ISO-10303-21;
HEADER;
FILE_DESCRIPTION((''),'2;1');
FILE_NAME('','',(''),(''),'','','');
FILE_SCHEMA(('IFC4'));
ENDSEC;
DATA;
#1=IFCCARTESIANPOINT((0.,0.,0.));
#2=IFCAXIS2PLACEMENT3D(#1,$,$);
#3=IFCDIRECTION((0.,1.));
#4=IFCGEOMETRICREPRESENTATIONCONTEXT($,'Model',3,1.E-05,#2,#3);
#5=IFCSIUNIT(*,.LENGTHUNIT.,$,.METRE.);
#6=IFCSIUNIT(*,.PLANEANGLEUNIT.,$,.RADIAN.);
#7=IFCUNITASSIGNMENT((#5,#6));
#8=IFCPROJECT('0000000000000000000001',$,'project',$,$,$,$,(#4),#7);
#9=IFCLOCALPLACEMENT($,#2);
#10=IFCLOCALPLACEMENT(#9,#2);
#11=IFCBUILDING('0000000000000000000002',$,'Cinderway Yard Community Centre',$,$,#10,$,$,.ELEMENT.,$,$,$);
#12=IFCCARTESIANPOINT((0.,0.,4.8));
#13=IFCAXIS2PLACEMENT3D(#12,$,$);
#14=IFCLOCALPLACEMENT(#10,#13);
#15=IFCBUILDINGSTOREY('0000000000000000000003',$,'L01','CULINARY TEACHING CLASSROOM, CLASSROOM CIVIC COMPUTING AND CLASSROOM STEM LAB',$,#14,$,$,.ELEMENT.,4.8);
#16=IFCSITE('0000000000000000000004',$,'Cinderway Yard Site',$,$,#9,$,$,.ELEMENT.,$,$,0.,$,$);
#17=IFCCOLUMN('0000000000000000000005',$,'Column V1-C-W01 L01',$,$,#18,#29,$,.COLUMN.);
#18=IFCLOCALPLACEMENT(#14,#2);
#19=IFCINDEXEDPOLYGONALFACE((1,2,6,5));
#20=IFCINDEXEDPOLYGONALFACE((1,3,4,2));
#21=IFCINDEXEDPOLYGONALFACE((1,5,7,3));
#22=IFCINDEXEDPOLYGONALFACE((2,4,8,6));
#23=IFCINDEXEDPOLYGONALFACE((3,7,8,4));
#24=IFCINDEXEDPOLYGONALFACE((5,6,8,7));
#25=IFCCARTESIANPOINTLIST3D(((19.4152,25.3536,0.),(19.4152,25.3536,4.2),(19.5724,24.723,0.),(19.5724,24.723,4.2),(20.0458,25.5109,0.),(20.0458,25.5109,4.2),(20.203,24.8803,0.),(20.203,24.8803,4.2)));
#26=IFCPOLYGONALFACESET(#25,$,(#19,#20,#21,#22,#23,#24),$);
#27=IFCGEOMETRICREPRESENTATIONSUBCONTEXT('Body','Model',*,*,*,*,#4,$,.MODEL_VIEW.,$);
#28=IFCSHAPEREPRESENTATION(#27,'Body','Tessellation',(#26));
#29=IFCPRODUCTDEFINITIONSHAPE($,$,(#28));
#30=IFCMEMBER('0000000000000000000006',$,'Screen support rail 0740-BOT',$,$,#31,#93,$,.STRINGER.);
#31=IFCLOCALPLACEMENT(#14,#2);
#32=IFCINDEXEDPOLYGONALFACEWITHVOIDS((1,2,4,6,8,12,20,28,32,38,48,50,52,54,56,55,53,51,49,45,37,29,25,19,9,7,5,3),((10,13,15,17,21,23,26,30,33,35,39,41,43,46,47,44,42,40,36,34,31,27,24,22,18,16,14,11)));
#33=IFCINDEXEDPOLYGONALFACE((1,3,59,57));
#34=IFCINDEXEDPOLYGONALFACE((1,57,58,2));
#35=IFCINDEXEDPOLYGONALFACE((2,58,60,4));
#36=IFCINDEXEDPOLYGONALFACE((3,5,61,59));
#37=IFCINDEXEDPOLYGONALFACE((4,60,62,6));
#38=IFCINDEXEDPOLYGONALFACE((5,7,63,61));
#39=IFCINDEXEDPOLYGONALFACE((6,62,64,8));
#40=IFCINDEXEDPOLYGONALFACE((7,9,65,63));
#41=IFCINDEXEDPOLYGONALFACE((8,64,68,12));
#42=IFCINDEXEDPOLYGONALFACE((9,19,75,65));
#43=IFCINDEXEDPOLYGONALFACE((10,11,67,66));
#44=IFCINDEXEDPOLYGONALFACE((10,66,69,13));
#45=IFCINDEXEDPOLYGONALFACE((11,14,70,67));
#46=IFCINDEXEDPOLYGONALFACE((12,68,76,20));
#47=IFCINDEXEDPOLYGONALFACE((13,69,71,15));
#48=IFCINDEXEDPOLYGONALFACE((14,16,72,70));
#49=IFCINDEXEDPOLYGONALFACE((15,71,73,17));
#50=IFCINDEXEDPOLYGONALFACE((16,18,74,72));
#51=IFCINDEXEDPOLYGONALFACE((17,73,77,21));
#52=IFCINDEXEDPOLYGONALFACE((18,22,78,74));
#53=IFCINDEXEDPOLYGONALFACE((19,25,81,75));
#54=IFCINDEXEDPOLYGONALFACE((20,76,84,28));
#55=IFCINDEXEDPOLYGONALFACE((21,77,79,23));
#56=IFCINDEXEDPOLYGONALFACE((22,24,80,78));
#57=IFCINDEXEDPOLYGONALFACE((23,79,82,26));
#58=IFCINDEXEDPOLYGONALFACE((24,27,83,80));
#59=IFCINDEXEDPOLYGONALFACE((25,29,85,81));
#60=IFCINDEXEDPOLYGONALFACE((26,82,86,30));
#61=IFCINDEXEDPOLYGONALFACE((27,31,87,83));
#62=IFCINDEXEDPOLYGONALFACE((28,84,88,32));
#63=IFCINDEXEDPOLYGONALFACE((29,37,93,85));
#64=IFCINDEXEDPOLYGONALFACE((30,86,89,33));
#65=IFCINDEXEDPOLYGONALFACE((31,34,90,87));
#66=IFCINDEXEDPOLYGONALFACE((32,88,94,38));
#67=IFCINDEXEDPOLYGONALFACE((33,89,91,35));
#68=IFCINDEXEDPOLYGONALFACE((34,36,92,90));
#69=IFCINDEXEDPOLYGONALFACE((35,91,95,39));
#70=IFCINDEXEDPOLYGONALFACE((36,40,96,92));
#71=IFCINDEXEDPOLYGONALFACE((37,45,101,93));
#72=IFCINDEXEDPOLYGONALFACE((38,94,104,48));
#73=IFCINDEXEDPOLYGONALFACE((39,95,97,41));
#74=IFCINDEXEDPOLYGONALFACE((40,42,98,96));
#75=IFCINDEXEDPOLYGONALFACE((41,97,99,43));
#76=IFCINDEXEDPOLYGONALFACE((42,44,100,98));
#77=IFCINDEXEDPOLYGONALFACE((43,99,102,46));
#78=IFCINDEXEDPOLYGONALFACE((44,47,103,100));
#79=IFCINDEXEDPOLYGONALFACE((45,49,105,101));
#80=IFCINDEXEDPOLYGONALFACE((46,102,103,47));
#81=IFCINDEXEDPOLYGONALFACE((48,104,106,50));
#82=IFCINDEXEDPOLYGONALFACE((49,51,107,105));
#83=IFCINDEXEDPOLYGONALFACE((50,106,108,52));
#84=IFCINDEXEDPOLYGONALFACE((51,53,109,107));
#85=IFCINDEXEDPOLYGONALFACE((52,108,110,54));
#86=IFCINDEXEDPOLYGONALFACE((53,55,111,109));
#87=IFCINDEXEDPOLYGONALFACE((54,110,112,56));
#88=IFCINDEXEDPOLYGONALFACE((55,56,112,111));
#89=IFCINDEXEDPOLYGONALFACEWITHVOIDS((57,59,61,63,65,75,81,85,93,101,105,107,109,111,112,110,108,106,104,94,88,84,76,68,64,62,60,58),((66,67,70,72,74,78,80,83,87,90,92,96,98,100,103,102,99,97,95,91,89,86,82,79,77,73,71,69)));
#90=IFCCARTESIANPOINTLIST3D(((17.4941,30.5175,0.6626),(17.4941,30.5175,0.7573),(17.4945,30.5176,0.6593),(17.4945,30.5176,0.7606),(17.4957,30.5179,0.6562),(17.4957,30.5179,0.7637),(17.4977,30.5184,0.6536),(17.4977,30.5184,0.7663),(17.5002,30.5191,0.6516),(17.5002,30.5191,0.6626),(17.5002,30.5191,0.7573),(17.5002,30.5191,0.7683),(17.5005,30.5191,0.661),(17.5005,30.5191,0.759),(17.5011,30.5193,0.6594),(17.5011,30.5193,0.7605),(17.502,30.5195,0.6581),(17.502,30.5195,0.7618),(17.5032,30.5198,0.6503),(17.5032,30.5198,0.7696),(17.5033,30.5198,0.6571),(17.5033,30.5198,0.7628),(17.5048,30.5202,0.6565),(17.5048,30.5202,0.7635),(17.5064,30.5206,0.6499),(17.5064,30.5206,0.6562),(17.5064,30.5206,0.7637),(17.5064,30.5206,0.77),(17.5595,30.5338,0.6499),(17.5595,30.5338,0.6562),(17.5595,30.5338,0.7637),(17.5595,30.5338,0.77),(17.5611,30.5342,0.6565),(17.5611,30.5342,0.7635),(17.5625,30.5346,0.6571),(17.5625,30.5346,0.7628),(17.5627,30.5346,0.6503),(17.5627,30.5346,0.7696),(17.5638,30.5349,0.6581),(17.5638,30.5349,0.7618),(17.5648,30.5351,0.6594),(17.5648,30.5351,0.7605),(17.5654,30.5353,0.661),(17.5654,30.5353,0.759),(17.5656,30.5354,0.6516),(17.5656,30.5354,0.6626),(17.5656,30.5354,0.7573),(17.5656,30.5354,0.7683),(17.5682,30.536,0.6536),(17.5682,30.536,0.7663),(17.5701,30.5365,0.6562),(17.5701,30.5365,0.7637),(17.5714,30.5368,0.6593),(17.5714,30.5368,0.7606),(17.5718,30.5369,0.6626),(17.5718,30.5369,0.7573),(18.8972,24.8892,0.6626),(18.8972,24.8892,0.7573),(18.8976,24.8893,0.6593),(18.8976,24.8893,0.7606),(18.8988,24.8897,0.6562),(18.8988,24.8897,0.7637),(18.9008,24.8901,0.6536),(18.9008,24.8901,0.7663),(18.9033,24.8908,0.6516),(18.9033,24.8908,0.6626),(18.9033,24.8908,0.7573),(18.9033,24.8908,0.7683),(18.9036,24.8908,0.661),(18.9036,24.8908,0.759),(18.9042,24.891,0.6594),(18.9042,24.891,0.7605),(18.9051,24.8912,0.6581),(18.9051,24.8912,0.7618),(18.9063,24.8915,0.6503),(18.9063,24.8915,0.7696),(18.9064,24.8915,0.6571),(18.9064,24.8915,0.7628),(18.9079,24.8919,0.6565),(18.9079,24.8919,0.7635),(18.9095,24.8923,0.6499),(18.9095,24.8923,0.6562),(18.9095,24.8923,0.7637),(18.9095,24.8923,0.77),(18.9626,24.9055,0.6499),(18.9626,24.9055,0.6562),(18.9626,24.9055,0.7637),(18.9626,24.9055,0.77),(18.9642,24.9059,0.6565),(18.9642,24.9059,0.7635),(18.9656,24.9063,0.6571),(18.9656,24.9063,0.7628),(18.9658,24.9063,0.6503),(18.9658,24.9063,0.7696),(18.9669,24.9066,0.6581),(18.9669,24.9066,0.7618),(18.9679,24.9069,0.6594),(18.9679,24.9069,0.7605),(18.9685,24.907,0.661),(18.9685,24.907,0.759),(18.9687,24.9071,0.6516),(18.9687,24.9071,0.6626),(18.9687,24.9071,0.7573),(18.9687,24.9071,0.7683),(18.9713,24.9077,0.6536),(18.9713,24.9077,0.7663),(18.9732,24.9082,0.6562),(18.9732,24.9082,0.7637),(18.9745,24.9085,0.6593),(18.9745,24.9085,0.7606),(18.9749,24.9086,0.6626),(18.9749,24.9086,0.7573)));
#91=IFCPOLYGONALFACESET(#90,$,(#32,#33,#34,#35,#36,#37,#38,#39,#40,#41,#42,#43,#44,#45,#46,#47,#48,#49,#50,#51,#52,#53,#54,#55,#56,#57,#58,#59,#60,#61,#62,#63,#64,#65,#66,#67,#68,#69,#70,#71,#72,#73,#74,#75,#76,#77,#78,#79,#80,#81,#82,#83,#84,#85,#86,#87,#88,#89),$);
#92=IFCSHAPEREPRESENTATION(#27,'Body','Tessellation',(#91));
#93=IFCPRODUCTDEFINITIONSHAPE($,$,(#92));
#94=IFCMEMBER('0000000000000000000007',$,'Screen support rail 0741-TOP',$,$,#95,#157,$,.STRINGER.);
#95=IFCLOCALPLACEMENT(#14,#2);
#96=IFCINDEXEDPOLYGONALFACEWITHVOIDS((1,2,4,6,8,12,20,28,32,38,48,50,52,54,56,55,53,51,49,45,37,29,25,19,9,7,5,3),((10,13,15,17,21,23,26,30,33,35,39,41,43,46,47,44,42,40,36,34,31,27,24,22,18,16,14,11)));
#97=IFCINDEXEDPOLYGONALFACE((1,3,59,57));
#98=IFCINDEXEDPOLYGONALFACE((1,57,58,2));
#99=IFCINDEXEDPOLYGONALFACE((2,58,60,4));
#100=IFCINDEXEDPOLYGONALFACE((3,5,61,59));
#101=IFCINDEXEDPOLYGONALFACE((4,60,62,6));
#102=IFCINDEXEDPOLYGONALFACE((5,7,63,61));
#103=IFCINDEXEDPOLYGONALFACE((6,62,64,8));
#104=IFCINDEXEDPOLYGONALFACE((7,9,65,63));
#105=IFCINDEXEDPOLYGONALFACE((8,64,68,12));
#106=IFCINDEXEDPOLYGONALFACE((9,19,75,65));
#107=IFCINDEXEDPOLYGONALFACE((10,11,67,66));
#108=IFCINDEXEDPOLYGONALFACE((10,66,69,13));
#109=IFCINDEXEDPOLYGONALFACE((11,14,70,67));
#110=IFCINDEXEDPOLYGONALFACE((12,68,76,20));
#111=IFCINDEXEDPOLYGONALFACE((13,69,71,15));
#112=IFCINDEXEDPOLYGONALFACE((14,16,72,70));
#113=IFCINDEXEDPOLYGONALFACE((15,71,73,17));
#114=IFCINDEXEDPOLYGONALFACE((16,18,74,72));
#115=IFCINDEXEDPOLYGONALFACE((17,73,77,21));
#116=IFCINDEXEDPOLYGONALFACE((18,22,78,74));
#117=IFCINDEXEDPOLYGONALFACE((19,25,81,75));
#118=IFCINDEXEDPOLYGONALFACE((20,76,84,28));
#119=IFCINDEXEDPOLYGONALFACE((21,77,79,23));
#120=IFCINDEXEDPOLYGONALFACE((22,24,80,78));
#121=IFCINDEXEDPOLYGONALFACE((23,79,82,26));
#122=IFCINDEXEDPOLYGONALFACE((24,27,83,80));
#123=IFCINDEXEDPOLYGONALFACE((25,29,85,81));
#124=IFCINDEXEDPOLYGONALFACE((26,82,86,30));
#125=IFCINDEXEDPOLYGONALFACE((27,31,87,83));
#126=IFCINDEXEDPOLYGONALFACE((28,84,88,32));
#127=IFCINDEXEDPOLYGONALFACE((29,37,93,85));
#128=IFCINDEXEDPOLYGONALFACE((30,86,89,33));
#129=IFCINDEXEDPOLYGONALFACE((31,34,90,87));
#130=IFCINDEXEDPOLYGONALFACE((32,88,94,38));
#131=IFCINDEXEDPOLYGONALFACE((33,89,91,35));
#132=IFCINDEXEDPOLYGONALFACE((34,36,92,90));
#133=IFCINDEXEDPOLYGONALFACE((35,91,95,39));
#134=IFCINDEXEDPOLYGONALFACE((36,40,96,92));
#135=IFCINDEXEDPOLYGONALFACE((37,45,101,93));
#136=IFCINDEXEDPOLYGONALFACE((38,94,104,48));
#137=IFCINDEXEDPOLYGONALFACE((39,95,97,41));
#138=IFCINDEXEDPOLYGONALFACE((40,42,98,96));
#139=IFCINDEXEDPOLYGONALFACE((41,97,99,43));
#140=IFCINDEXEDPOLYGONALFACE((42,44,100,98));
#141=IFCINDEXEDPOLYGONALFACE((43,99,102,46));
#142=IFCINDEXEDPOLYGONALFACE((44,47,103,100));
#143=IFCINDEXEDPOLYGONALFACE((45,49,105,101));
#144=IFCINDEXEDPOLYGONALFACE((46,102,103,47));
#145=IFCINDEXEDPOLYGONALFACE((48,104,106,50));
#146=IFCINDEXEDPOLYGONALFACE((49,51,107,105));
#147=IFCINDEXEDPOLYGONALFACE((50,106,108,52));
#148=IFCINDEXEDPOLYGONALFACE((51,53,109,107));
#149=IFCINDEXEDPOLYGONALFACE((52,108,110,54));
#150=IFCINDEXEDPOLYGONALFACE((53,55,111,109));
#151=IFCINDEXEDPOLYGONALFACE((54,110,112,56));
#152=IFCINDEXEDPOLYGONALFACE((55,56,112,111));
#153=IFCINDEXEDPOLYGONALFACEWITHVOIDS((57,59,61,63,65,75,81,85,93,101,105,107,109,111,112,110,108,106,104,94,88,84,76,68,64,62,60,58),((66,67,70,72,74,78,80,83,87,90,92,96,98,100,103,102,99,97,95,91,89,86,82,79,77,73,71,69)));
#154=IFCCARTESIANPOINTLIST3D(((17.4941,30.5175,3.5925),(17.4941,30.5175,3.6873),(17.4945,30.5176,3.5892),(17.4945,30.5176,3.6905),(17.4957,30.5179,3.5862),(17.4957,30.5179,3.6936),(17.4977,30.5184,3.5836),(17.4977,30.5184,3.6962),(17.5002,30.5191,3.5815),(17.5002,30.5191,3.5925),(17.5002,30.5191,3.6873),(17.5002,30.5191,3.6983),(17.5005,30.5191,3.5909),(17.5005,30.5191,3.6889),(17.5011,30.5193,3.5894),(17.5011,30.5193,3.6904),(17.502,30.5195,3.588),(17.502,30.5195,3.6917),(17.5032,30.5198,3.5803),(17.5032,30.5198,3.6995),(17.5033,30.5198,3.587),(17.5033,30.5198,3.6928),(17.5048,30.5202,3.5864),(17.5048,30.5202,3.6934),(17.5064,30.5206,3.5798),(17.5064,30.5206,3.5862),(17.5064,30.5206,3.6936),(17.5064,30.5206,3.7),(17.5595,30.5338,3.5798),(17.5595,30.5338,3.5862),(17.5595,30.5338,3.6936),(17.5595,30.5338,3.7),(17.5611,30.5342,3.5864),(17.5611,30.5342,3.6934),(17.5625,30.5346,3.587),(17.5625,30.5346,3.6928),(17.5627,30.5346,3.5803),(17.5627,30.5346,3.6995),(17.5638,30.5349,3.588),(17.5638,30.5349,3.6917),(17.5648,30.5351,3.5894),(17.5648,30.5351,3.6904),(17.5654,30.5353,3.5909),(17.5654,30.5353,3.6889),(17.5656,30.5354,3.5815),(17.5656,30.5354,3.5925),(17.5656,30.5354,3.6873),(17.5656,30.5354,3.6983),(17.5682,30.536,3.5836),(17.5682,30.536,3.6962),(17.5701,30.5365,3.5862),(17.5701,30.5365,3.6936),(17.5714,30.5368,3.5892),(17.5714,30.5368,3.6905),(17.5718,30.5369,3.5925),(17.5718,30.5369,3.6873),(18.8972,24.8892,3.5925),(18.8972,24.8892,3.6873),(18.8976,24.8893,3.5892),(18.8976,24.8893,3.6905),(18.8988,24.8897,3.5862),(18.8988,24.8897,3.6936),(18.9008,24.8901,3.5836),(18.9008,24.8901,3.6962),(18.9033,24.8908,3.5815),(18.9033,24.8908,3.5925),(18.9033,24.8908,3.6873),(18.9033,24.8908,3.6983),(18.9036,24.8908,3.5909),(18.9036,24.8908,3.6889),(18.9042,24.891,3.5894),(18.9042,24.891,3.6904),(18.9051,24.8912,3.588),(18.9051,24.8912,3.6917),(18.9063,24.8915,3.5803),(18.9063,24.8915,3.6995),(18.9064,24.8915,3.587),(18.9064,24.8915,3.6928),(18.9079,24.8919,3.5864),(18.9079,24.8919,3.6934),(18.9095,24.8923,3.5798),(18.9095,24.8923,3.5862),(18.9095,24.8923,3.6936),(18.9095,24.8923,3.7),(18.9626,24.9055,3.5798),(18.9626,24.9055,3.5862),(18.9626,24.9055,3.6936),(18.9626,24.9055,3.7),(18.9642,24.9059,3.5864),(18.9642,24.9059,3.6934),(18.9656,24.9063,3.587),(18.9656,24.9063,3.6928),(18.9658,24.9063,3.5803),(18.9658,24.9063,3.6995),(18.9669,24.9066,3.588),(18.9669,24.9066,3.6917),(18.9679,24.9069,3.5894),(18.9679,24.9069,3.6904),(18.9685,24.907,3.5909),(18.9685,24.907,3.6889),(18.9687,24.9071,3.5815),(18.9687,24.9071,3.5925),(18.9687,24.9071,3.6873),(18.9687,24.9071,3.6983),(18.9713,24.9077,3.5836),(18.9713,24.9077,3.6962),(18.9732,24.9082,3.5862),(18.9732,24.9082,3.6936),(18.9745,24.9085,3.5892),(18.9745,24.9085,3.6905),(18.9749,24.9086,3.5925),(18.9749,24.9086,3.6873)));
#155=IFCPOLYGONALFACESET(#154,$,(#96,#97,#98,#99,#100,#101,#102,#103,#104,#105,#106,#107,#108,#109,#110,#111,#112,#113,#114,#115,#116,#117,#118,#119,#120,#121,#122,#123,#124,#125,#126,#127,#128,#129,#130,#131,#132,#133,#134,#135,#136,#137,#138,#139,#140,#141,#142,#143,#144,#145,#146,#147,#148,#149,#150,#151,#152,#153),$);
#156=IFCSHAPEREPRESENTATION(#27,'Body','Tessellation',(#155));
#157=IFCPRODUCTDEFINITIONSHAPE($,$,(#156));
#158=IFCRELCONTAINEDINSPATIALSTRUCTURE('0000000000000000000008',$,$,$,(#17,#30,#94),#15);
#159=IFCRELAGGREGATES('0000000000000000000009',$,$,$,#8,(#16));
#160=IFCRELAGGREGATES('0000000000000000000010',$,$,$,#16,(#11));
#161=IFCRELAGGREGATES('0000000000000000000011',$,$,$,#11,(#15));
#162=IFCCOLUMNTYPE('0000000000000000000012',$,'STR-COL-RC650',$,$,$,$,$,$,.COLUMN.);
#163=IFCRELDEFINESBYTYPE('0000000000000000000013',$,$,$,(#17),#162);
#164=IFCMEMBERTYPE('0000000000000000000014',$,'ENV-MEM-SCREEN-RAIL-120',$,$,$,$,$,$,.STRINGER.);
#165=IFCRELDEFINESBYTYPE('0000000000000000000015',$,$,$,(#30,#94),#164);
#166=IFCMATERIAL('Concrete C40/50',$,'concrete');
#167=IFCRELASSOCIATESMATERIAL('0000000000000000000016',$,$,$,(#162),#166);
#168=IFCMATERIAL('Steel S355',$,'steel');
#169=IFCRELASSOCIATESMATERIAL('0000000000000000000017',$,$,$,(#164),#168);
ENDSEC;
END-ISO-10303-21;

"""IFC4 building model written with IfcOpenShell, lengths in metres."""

from ifc_helpers import new_model, si_unit, direction, frame, origin, origin_2d, place, context, subcontext, project, spatial, rectangle, hollow_rectangle, extrude, material, material_profile, profile_set, type_object, element, save


model = new_model("IFC4")

# Units and contexts
model_context = context("Model", 3, precision=1e-05, world=origin(), true_north=direction((0.0, 1.0)))
body_context = subcontext(model_context, "Body", "Model", "MODEL_VIEW")
ifc_project = project(units=[si_unit("LENGTHUNIT", "METRE"), si_unit("PLANEANGLEUNIT", "RADIAN")], contexts=[model_context])

# Site, building, storey
site_placement = place(None, origin())
site = spatial("IfcSite", under=ifc_project, at=site_placement, Name="Cinderway Yard Site", CompositionType="ELEMENT", RefElevation=0.0)
building_placement = place(site_placement, origin())
building = spatial("IfcBuilding", under=site, at=building_placement, Name="Cinderway Yard Community Centre", CompositionType="ELEMENT")
storey_placement = place(building_placement, frame((0.0, 0.0, 4.8)))
storey = spatial("IfcBuildingStorey", under=building, at=storey_placement, Name="L01", Description="CULINARY TEACHING CLASSROOM, CLASSROOM CIVIC COMPUTING AND CLASSROOM STEM LAB", CompositionType="ELEMENT", Elevation=4.8)

# Column
ifc_material_1 = material(Name="Concrete C40/50", Category="concrete")
ifc_material_profile_1 = material_profile(ifc_material_1, rectangle(XDim=0.6499, YDim=0.6499, at=origin_2d()), Name="Concrete C40/50")
ifc_profile_set_1 = profile_set([ifc_material_profile_1], Name="Concrete C40/50")
column_type = type_object("IfcColumnType", Name="STR-COL-RC650", PredefinedType="COLUMN", material=ifc_profile_set_1)
column_placement = place(storey_placement, frame((19.8091, 25.1169, 0.0), z_axis=(0.0, 0.0, 1.0), x_axis=(0.970296, 0.241922, 0.0)))
element("IfcColumn", 1, at=column_placement, inside=storey, type_object=column_type, Name="Column V1-C-W01 L01", PredefinedType="COLUMN", context=body_context, shape_type="SweptSolid", body=[
    extrude(rectangle(XDim=0.6499, YDim=0.6499, at=origin_2d()), origin(), (0.0, 0.0, 1.0), 4.2),
])

# Members
ifc_material_2 = material(Name="Steel S355", Category="steel")
ifc_material_profile_2 = material_profile(ifc_material_2, hollow_rectangle(XDim=0.0801, YDim=0.1201, WallThickness=0.0063, InnerFilletRadius=0.0063, OuterFilletRadius=0.0127, at=origin_2d()), Name="Steel S355")
ifc_profile_set_2 = profile_set([ifc_material_profile_2], Name="Steel S355")
member_type = type_object("IfcMemberType", Name="ENV-MEM-SCREEN-RAIL-120", PredefinedType="STRINGER", material=ifc_profile_set_2)
for number, where, z_axis, x_axis, name in (
    (2, (18.936, 24.8989, 0.71), (-0.241892, 0.970303, 0.0), (-0.970303, -0.241892, 0.0), "Screen support rail 0740-BOT"),
    (3, (18.936, 24.8989, 3.6399), (-0.241892, 0.970303, 0.0), (-0.970303, -0.241892, 0.0), "Screen support rail 0741-TOP"),
):
    element("IfcMember", number, at=place(storey_placement, frame(where, z_axis=z_axis, x_axis=x_axis)), inside=storey, type_object=member_type, Name=name, PredefinedType="STRINGER", context=body_context, shape_type="SweptSolid", body=[
        extrude(hollow_rectangle(XDim=0.0801, YDim=0.1201, WallThickness=0.0063, InnerFilletRadius=0.0063, OuterFilletRadius=0.0127, at=origin_2d()), origin(), (0.0, 0.0, 1.0), 5.8005),
    ])

save(model, "model.ifc")
